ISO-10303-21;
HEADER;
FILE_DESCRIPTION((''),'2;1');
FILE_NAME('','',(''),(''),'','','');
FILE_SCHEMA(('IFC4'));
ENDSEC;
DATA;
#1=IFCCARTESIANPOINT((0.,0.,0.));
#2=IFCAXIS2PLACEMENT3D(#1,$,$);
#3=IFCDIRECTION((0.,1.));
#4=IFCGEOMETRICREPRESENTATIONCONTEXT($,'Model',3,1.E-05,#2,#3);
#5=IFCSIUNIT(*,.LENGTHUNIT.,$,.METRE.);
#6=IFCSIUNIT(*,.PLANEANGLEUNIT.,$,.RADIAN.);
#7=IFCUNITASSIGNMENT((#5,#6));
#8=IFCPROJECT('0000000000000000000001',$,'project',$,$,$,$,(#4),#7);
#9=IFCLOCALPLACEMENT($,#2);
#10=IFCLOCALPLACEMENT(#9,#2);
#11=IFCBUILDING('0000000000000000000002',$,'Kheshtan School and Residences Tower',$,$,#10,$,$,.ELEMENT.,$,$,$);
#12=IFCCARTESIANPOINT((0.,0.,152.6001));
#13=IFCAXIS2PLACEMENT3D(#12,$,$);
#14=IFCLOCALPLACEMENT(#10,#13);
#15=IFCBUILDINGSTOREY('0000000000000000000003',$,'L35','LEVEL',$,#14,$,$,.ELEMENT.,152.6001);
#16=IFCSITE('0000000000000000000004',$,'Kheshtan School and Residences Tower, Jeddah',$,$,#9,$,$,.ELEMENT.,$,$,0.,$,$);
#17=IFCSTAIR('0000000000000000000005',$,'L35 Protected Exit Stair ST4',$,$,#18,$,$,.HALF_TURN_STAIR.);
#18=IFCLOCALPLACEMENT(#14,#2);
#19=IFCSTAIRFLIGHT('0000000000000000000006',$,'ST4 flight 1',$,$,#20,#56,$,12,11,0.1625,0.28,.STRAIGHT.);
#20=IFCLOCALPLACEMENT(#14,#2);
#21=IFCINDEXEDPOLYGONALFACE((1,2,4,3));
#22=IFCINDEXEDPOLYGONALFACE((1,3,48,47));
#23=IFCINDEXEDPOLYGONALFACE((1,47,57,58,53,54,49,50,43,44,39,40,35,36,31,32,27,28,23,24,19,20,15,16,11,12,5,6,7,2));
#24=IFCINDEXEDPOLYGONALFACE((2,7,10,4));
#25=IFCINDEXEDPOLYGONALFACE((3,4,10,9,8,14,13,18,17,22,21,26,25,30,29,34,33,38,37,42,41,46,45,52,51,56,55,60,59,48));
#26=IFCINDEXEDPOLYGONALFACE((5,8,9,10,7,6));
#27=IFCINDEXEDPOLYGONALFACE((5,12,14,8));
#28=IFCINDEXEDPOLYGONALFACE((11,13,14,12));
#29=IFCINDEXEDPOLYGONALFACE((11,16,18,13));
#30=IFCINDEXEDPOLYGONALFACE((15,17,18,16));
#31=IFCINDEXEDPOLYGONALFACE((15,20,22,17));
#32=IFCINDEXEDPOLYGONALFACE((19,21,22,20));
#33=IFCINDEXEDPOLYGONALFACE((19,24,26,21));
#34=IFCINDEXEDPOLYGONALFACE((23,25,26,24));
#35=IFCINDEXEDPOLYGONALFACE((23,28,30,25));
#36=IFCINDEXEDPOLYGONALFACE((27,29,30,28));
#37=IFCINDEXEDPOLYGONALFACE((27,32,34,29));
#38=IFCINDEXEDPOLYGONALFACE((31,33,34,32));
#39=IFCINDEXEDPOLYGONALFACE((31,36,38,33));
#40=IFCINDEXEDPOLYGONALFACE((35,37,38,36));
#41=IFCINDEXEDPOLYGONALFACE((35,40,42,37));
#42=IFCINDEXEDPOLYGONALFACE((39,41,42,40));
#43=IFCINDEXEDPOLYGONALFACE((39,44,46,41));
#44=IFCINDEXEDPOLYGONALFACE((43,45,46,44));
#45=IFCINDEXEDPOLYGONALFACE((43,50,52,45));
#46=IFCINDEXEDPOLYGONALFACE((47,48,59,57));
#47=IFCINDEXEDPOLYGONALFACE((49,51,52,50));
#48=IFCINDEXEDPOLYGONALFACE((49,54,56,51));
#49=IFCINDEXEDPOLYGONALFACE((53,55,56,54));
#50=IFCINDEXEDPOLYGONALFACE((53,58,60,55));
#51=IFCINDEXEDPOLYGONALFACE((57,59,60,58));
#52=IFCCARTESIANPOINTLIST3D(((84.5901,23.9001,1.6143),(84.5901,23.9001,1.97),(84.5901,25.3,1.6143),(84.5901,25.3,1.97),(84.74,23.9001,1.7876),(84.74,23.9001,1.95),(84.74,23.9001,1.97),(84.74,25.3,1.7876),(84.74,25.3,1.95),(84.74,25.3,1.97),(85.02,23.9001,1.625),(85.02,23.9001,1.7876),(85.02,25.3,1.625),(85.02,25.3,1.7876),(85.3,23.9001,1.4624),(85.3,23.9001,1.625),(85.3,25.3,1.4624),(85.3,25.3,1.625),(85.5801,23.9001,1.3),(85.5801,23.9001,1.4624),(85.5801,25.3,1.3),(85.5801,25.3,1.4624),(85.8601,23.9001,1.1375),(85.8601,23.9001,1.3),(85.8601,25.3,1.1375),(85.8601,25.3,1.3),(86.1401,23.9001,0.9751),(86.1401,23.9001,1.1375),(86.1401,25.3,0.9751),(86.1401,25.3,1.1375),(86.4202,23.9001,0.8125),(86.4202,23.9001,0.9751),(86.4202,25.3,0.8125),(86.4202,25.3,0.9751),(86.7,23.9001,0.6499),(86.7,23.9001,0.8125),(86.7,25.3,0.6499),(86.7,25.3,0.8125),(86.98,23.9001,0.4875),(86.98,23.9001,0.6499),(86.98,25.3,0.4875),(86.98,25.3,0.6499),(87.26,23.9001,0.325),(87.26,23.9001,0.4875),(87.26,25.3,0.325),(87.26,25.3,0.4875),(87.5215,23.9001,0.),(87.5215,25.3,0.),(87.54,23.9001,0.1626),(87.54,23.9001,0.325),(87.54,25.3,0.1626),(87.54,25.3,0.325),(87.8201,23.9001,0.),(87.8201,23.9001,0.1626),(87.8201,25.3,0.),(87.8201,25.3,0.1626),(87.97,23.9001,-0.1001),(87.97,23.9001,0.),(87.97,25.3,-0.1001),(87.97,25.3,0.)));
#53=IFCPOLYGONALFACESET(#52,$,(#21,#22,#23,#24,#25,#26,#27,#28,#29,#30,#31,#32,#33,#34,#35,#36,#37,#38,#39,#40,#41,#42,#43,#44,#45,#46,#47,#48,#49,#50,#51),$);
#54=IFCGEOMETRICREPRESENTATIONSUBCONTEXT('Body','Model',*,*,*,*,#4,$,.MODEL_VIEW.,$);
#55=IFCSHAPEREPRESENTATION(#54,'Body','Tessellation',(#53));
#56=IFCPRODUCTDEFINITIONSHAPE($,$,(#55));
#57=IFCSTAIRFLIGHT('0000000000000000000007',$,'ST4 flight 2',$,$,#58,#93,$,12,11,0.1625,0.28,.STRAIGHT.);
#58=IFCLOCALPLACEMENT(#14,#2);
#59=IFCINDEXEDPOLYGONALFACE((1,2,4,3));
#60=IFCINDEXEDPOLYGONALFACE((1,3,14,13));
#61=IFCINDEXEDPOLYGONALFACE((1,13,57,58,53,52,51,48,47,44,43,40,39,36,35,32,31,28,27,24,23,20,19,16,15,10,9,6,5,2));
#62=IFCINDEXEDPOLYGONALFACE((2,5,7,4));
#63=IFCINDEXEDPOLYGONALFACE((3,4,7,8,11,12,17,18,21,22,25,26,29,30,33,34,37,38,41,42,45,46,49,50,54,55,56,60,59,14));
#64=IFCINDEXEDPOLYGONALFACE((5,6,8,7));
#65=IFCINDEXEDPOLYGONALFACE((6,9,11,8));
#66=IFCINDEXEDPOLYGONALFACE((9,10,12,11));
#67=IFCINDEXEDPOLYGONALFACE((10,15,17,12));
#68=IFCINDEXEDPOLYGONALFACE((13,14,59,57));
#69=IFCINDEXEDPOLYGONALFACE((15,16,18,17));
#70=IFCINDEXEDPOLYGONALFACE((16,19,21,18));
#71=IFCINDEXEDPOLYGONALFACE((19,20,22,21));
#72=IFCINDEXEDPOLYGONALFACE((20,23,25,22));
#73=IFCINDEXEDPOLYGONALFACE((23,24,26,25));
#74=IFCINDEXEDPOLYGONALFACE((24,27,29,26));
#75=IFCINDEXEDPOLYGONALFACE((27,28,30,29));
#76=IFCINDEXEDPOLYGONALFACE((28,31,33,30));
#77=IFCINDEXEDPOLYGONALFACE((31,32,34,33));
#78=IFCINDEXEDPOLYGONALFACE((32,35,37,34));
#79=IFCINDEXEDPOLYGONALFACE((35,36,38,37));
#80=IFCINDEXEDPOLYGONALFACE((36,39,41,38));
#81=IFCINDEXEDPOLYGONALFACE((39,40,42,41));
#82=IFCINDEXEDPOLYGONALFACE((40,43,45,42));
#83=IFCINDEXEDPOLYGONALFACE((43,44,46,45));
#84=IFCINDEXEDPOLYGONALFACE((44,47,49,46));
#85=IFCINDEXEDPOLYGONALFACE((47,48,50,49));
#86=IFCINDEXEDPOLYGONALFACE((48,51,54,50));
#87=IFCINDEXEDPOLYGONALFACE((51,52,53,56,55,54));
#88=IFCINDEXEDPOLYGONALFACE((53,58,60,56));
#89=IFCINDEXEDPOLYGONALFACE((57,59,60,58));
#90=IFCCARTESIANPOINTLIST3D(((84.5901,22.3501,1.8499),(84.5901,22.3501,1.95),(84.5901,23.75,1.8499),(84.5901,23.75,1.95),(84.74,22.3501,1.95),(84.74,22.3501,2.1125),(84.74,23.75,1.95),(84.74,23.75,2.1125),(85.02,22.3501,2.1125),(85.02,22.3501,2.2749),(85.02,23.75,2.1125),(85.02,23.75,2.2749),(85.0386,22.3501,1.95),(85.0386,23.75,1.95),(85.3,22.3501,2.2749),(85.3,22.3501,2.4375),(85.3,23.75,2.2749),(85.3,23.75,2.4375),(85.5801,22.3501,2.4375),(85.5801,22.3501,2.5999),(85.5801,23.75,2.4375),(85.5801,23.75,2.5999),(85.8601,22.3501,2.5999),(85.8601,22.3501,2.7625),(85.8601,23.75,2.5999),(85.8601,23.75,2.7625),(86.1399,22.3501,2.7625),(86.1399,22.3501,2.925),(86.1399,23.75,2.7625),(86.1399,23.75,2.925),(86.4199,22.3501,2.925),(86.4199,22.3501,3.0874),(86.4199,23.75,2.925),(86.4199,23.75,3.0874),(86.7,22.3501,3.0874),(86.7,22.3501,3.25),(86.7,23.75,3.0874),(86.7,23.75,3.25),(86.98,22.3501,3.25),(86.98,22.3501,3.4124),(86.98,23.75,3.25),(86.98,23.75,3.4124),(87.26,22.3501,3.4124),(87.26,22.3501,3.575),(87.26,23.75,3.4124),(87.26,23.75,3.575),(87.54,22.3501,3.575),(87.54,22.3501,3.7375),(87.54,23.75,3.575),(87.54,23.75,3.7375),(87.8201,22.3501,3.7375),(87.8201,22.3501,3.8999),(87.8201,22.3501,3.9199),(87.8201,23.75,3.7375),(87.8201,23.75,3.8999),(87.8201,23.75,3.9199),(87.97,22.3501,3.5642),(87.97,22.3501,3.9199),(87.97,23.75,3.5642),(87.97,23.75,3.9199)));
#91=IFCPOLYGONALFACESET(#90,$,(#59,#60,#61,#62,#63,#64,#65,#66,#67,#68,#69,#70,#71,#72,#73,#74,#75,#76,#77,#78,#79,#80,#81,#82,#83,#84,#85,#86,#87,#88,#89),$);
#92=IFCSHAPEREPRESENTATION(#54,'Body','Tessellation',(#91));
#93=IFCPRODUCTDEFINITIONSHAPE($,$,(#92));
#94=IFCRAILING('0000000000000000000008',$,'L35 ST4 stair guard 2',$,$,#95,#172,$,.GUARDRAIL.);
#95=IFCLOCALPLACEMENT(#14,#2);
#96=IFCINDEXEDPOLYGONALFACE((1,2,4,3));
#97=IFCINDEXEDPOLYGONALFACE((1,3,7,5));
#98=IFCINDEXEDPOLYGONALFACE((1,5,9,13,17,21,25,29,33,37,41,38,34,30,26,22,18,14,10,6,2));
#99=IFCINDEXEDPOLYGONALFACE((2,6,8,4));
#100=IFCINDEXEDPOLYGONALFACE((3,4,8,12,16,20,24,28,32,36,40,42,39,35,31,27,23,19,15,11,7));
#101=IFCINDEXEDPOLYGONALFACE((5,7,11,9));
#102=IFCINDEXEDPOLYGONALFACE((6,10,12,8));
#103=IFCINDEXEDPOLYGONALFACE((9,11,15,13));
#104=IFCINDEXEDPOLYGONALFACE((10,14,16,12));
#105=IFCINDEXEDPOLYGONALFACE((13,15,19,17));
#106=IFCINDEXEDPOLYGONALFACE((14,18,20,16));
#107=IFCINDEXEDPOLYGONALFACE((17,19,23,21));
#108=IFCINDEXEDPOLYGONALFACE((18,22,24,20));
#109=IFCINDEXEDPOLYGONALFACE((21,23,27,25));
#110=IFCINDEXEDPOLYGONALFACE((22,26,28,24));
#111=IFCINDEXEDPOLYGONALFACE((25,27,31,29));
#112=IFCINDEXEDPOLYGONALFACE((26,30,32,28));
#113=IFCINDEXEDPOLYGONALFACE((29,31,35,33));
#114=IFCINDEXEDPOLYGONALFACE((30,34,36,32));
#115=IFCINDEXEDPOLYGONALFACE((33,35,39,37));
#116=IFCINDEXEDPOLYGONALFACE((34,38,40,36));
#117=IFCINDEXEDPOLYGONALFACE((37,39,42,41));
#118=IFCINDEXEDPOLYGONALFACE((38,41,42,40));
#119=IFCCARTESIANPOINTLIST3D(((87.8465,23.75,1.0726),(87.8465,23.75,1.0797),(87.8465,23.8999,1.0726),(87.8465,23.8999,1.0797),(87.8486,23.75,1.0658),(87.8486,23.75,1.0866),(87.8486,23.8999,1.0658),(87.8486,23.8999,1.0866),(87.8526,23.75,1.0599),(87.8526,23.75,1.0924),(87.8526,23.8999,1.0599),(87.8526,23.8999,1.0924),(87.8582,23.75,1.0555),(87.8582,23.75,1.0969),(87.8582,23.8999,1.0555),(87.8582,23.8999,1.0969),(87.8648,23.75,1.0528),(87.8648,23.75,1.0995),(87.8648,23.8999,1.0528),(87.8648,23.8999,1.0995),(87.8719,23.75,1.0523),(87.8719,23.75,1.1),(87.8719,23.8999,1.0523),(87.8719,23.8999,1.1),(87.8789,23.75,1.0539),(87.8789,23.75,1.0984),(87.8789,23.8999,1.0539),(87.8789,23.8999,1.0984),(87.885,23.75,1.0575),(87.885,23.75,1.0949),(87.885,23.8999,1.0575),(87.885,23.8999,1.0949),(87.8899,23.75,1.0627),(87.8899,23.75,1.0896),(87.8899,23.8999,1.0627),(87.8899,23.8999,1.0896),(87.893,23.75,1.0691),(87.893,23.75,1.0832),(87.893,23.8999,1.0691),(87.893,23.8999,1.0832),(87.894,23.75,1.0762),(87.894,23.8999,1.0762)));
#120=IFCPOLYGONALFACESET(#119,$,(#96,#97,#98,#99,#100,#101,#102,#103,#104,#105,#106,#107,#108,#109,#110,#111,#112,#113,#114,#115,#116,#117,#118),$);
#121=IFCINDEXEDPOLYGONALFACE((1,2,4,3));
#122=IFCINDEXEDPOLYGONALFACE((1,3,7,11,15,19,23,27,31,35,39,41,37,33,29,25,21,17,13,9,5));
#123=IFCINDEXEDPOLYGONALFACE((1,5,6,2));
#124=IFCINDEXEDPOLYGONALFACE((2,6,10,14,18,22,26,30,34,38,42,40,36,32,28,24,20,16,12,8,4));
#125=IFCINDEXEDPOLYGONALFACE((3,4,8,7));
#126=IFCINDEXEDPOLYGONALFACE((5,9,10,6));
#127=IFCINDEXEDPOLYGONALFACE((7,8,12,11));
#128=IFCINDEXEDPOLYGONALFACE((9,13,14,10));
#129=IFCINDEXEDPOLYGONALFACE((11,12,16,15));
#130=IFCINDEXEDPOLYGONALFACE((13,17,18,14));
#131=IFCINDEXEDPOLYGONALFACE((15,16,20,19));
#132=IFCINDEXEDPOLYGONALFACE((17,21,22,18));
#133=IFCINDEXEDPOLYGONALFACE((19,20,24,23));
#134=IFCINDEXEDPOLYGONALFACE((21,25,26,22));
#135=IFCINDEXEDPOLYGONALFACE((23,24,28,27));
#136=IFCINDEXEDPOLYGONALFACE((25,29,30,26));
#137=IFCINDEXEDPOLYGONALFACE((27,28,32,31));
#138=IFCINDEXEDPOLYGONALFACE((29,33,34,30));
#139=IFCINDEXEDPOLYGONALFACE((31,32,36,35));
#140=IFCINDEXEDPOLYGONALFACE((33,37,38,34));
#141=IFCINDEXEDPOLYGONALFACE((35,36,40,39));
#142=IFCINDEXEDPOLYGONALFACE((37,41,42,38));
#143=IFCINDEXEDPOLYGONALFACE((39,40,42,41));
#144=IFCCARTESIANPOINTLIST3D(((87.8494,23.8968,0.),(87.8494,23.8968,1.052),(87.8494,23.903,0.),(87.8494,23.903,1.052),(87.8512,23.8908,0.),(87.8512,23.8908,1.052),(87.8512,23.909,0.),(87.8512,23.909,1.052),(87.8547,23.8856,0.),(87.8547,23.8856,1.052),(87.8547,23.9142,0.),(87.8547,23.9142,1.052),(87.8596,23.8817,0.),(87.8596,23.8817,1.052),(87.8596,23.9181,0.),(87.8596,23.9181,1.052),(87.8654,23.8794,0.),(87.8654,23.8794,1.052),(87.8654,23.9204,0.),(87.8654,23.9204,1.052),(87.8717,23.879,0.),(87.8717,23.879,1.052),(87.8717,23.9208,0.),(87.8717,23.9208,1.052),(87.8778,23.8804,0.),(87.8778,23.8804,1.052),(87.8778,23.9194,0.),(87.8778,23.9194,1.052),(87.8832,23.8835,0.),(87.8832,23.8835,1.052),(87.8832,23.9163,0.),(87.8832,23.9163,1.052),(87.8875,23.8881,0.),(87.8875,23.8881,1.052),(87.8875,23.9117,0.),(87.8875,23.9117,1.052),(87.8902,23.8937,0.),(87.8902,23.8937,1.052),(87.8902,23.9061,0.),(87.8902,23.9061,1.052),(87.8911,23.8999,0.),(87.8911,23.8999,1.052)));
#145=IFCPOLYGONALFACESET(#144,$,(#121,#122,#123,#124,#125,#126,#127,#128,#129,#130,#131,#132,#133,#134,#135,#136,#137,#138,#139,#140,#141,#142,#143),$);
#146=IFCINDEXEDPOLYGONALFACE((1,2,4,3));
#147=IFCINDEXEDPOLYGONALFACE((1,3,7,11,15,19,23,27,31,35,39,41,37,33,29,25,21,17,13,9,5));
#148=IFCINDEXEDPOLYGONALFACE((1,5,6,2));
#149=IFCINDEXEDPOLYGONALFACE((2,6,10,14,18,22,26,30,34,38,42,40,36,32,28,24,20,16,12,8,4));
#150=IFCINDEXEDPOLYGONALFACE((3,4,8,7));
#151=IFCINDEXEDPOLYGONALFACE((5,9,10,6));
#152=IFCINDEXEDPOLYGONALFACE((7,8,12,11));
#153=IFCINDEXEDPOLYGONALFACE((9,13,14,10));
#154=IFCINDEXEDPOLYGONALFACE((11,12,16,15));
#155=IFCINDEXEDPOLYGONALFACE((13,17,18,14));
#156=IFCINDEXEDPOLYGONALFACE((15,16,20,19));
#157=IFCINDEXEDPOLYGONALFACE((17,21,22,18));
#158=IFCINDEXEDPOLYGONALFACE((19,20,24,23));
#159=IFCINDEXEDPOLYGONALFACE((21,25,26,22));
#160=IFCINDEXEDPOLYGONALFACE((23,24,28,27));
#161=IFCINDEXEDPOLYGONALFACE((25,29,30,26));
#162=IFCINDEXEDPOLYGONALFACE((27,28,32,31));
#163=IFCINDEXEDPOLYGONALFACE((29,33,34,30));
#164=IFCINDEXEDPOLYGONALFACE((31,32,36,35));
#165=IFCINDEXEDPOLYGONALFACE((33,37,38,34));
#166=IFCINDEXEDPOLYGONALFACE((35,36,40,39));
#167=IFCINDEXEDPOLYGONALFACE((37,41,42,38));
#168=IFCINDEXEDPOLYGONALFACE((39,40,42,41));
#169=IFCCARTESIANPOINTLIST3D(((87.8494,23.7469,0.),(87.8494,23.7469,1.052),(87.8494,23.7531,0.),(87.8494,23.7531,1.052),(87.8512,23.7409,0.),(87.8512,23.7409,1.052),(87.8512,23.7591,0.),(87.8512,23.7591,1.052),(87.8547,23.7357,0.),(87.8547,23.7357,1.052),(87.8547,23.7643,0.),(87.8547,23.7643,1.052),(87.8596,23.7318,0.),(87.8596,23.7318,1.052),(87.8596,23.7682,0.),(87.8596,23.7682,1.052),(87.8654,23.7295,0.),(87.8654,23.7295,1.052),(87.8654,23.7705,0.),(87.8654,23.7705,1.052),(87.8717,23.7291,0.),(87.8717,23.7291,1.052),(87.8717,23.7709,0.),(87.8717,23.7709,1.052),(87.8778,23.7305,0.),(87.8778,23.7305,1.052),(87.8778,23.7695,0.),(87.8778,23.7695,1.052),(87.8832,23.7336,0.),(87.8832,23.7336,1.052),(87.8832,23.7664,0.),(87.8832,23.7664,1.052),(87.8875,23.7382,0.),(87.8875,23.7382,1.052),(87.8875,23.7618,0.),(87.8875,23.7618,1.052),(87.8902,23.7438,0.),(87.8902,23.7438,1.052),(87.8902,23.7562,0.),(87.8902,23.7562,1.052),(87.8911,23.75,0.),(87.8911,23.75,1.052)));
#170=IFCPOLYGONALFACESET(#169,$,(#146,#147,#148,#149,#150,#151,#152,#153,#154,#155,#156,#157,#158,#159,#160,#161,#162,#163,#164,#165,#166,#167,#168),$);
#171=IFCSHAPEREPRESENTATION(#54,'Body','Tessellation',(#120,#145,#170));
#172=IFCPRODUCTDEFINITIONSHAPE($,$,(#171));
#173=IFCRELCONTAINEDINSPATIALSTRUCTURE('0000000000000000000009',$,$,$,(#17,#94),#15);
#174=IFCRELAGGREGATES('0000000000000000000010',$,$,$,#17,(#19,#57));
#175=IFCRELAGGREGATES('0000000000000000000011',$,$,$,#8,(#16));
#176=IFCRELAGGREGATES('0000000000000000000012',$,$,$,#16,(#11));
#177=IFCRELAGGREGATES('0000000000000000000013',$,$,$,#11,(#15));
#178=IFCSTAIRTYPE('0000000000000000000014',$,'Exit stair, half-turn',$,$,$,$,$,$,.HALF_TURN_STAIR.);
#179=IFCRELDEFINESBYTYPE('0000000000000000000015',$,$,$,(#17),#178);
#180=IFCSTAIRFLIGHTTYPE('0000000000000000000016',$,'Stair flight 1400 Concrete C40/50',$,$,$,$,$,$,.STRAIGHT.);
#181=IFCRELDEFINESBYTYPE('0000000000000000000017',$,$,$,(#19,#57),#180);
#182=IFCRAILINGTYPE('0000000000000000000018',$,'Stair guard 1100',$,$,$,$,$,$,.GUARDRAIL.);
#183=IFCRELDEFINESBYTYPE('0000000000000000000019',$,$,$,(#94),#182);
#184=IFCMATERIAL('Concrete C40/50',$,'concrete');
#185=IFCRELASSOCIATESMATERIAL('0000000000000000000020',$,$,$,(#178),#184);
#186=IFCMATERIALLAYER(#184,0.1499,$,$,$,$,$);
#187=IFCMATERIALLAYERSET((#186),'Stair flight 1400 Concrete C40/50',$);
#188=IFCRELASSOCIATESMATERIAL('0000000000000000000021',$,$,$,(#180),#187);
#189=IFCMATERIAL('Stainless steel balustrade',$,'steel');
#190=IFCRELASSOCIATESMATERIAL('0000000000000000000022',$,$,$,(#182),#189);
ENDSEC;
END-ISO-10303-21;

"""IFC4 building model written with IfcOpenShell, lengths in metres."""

from ifc_helpers import new_model, si_unit, direction, frame, origin, origin_2d, place, context, subcontext, project, spatial, polyline, circle, outline, extrude, material, layer, layer_set, type_object, element, aggregate, save


model = new_model("IFC4")

# Units and contexts
model_context = context("Model", 3, precision=1e-05, world=origin(), true_north=direction((0.0, 1.0)))
body_context = subcontext(model_context, "Body", "Model", "MODEL_VIEW")
ifc_project = project(units=[si_unit("LENGTHUNIT", "METRE"), si_unit("PLANEANGLEUNIT", "RADIAN")], contexts=[model_context])

# Site, building, storey
site_placement = place(None, origin())
site = spatial("IfcSite", under=ifc_project, at=site_placement, Name="Kheshtan School and Residences Tower, Jeddah", CompositionType="ELEMENT", RefElevation=0.0)
building_placement = place(site_placement, origin())
building = spatial("IfcBuilding", under=site, at=building_placement, Name="Kheshtan School and Residences Tower", CompositionType="ELEMENT")
storey_placement = place(building_placement, frame((0.0, 0.0, 152.6001)))
storey = spatial("IfcBuildingStorey", under=building, at=storey_placement, Name="L35", Description="LEVEL", CompositionType="ELEMENT", Elevation=152.6001)

# Shared definitions
ifc_material_1 = material(Name="Concrete C40/50", Category="concrete")

# Stair, stair flights
stair_type = type_object("IfcStairType", Name="Exit stair, half-turn", PredefinedType="HALF_TURN_STAIR", material=ifc_material_1)
stair_placement = place(storey_placement, origin())
stair = element("IfcStair", 1, at=stair_placement, inside=storey, type_object=stair_type, Name="L35 Protected Exit Stair ST4", PredefinedType="HALF_TURN_STAIR")
ifc_layer_1 = layer(ifc_material_1, 0.1499)
ifc_layer_set_1 = layer_set([ifc_layer_1], Name="Stair flight 1400 Concrete C40/50")
stair_flight_type = type_object("IfcStairFlightType", Name="Stair flight 1400 Concrete C40/50", PredefinedType="STRAIGHT", material=ifc_layer_set_1)
stair_flight_1_placement = place(storey_placement, frame((87.8201, 24.6001, 0.0), z_axis=(0.0, 0.0, 1.0), x_axis=(-1.0, 0.0, 0.0)))
stair_flight_1 = element("IfcStairFlight", 2, at=stair_flight_1_placement, type_object=stair_flight_type, Name="ST4 flight 1", NumberOfRisers=12, NumberOfTreads=11, PredefinedType="STRAIGHT", RiserHeight=0.1625, TreadLength=0.28, context=body_context, shape_type="SweptSolid", body=[
    extrude(outline(polyline([(-0.1499, -0.1001), (-0.1499, 0.0), (0.0, 0.0), (0.0, 0.1626), (0.28, 0.1626), (0.28, 0.325), (0.5601, 0.325), (0.5601, 0.4875), (0.8401, 0.4875), (0.8401, 0.6499), (1.1201, 0.6499), (1.1201, 0.8125), (1.3999, 0.8125), (1.3999, 0.9751), (1.6799, 0.9751), (1.6799, 1.1375), (1.96, 1.1375), (1.96, 1.3), (2.24, 1.3), (2.24, 1.4624), (2.52, 1.4624), (2.52, 1.625), (2.8, 1.625), (2.8, 1.7876), (3.0801, 1.7876), (3.0801, 1.95), (3.0801, 1.97), (3.23, 1.97), (3.23, 1.6143), (0.2986, 0.0), (-0.1499, -0.1001)])), frame((0.0, 0.7, 0.0), z_axis=(0.0, -1.0, 0.0), x_axis=(1.0, 0.0, 0.0)), (0.0, 0.0, 1.0), 1.3999),
])
stair_flight_2_placement = place(storey_placement, frame((84.74, 23.05, 1.95), z_axis=(0.0, 0.0, 1.0), x_axis=(1.0, 0.0, 0.0)))
stair_flight_2 = element("IfcStairFlight", 3, at=stair_flight_2_placement, type_object=stair_flight_type, Name="ST4 flight 2", NumberOfRisers=12, NumberOfTreads=11, PredefinedType="STRAIGHT", RiserHeight=0.1625, TreadLength=0.28, context=body_context, shape_type="SweptSolid", body=[
    extrude(outline(polyline([(-0.1499, -0.1001), (-0.1499, 0.0), (0.0, 0.0), (0.0, 0.1626), (0.28, 0.1626), (0.28, 0.325), (0.5601, 0.325), (0.5601, 0.4875), (0.8401, 0.4875), (0.8401, 0.6499), (1.1201, 0.6499), (1.1201, 0.8125), (1.3999, 0.8125), (1.3999, 0.9751), (1.6799, 0.9751), (1.6799, 1.1375), (1.96, 1.1375), (1.96, 1.3), (2.24, 1.3), (2.24, 1.4624), (2.52, 1.4624), (2.52, 1.625), (2.8, 1.625), (2.8, 1.7876), (3.0801, 1.7876), (3.0801, 1.95), (3.0801, 1.97), (3.23, 1.97), (3.23, 1.6143), (0.2986, 0.0), (-0.1499, -0.1001)])), frame((0.0, 0.7, 0.0), z_axis=(0.0, -1.0, 0.0), x_axis=(1.0, 0.0, 0.0)), (0.0, 0.0, 1.0), 1.3999),
])
aggregate(stair, [stair_flight_1, stair_flight_2])

# Railing
ifc_material_2 = material(Name="Stainless steel balustrade", Category="steel")
railing_type_1 = type_object("IfcRailingType", Name="Stair guard 1100", PredefinedType="GUARDRAIL", material=ifc_material_2)
railing_1_placement = place(storey_placement, frame((87.8701, 23.8999, 0.0)))
element("IfcRailing", 4, at=railing_1_placement, inside=storey, type_object=railing_type_1, Name="L35 ST4 stair guard 2", PredefinedType="GUARDRAIL", context=body_context, shape_type="SweptSolid", body=[
    extrude(circle(Radius=0.0239, at=origin_2d()), frame((0.0, 0.0, 1.0762), z_axis=(0.0, -1.0, 0.0), x_axis=(1.0, 0.0, 0.0)), (0.0, 0.0, 1.0), 0.1499),
    extrude(circle(Radius=0.021, at=origin_2d()), origin(), (0.0, 0.0, 1.0), 1.052),
    extrude(circle(Radius=0.021, at=origin_2d()), frame((0.0, -0.1499, 0.0)), (0.0, 0.0, 1.0), 1.052),
])

save(model, "model.ifc")
